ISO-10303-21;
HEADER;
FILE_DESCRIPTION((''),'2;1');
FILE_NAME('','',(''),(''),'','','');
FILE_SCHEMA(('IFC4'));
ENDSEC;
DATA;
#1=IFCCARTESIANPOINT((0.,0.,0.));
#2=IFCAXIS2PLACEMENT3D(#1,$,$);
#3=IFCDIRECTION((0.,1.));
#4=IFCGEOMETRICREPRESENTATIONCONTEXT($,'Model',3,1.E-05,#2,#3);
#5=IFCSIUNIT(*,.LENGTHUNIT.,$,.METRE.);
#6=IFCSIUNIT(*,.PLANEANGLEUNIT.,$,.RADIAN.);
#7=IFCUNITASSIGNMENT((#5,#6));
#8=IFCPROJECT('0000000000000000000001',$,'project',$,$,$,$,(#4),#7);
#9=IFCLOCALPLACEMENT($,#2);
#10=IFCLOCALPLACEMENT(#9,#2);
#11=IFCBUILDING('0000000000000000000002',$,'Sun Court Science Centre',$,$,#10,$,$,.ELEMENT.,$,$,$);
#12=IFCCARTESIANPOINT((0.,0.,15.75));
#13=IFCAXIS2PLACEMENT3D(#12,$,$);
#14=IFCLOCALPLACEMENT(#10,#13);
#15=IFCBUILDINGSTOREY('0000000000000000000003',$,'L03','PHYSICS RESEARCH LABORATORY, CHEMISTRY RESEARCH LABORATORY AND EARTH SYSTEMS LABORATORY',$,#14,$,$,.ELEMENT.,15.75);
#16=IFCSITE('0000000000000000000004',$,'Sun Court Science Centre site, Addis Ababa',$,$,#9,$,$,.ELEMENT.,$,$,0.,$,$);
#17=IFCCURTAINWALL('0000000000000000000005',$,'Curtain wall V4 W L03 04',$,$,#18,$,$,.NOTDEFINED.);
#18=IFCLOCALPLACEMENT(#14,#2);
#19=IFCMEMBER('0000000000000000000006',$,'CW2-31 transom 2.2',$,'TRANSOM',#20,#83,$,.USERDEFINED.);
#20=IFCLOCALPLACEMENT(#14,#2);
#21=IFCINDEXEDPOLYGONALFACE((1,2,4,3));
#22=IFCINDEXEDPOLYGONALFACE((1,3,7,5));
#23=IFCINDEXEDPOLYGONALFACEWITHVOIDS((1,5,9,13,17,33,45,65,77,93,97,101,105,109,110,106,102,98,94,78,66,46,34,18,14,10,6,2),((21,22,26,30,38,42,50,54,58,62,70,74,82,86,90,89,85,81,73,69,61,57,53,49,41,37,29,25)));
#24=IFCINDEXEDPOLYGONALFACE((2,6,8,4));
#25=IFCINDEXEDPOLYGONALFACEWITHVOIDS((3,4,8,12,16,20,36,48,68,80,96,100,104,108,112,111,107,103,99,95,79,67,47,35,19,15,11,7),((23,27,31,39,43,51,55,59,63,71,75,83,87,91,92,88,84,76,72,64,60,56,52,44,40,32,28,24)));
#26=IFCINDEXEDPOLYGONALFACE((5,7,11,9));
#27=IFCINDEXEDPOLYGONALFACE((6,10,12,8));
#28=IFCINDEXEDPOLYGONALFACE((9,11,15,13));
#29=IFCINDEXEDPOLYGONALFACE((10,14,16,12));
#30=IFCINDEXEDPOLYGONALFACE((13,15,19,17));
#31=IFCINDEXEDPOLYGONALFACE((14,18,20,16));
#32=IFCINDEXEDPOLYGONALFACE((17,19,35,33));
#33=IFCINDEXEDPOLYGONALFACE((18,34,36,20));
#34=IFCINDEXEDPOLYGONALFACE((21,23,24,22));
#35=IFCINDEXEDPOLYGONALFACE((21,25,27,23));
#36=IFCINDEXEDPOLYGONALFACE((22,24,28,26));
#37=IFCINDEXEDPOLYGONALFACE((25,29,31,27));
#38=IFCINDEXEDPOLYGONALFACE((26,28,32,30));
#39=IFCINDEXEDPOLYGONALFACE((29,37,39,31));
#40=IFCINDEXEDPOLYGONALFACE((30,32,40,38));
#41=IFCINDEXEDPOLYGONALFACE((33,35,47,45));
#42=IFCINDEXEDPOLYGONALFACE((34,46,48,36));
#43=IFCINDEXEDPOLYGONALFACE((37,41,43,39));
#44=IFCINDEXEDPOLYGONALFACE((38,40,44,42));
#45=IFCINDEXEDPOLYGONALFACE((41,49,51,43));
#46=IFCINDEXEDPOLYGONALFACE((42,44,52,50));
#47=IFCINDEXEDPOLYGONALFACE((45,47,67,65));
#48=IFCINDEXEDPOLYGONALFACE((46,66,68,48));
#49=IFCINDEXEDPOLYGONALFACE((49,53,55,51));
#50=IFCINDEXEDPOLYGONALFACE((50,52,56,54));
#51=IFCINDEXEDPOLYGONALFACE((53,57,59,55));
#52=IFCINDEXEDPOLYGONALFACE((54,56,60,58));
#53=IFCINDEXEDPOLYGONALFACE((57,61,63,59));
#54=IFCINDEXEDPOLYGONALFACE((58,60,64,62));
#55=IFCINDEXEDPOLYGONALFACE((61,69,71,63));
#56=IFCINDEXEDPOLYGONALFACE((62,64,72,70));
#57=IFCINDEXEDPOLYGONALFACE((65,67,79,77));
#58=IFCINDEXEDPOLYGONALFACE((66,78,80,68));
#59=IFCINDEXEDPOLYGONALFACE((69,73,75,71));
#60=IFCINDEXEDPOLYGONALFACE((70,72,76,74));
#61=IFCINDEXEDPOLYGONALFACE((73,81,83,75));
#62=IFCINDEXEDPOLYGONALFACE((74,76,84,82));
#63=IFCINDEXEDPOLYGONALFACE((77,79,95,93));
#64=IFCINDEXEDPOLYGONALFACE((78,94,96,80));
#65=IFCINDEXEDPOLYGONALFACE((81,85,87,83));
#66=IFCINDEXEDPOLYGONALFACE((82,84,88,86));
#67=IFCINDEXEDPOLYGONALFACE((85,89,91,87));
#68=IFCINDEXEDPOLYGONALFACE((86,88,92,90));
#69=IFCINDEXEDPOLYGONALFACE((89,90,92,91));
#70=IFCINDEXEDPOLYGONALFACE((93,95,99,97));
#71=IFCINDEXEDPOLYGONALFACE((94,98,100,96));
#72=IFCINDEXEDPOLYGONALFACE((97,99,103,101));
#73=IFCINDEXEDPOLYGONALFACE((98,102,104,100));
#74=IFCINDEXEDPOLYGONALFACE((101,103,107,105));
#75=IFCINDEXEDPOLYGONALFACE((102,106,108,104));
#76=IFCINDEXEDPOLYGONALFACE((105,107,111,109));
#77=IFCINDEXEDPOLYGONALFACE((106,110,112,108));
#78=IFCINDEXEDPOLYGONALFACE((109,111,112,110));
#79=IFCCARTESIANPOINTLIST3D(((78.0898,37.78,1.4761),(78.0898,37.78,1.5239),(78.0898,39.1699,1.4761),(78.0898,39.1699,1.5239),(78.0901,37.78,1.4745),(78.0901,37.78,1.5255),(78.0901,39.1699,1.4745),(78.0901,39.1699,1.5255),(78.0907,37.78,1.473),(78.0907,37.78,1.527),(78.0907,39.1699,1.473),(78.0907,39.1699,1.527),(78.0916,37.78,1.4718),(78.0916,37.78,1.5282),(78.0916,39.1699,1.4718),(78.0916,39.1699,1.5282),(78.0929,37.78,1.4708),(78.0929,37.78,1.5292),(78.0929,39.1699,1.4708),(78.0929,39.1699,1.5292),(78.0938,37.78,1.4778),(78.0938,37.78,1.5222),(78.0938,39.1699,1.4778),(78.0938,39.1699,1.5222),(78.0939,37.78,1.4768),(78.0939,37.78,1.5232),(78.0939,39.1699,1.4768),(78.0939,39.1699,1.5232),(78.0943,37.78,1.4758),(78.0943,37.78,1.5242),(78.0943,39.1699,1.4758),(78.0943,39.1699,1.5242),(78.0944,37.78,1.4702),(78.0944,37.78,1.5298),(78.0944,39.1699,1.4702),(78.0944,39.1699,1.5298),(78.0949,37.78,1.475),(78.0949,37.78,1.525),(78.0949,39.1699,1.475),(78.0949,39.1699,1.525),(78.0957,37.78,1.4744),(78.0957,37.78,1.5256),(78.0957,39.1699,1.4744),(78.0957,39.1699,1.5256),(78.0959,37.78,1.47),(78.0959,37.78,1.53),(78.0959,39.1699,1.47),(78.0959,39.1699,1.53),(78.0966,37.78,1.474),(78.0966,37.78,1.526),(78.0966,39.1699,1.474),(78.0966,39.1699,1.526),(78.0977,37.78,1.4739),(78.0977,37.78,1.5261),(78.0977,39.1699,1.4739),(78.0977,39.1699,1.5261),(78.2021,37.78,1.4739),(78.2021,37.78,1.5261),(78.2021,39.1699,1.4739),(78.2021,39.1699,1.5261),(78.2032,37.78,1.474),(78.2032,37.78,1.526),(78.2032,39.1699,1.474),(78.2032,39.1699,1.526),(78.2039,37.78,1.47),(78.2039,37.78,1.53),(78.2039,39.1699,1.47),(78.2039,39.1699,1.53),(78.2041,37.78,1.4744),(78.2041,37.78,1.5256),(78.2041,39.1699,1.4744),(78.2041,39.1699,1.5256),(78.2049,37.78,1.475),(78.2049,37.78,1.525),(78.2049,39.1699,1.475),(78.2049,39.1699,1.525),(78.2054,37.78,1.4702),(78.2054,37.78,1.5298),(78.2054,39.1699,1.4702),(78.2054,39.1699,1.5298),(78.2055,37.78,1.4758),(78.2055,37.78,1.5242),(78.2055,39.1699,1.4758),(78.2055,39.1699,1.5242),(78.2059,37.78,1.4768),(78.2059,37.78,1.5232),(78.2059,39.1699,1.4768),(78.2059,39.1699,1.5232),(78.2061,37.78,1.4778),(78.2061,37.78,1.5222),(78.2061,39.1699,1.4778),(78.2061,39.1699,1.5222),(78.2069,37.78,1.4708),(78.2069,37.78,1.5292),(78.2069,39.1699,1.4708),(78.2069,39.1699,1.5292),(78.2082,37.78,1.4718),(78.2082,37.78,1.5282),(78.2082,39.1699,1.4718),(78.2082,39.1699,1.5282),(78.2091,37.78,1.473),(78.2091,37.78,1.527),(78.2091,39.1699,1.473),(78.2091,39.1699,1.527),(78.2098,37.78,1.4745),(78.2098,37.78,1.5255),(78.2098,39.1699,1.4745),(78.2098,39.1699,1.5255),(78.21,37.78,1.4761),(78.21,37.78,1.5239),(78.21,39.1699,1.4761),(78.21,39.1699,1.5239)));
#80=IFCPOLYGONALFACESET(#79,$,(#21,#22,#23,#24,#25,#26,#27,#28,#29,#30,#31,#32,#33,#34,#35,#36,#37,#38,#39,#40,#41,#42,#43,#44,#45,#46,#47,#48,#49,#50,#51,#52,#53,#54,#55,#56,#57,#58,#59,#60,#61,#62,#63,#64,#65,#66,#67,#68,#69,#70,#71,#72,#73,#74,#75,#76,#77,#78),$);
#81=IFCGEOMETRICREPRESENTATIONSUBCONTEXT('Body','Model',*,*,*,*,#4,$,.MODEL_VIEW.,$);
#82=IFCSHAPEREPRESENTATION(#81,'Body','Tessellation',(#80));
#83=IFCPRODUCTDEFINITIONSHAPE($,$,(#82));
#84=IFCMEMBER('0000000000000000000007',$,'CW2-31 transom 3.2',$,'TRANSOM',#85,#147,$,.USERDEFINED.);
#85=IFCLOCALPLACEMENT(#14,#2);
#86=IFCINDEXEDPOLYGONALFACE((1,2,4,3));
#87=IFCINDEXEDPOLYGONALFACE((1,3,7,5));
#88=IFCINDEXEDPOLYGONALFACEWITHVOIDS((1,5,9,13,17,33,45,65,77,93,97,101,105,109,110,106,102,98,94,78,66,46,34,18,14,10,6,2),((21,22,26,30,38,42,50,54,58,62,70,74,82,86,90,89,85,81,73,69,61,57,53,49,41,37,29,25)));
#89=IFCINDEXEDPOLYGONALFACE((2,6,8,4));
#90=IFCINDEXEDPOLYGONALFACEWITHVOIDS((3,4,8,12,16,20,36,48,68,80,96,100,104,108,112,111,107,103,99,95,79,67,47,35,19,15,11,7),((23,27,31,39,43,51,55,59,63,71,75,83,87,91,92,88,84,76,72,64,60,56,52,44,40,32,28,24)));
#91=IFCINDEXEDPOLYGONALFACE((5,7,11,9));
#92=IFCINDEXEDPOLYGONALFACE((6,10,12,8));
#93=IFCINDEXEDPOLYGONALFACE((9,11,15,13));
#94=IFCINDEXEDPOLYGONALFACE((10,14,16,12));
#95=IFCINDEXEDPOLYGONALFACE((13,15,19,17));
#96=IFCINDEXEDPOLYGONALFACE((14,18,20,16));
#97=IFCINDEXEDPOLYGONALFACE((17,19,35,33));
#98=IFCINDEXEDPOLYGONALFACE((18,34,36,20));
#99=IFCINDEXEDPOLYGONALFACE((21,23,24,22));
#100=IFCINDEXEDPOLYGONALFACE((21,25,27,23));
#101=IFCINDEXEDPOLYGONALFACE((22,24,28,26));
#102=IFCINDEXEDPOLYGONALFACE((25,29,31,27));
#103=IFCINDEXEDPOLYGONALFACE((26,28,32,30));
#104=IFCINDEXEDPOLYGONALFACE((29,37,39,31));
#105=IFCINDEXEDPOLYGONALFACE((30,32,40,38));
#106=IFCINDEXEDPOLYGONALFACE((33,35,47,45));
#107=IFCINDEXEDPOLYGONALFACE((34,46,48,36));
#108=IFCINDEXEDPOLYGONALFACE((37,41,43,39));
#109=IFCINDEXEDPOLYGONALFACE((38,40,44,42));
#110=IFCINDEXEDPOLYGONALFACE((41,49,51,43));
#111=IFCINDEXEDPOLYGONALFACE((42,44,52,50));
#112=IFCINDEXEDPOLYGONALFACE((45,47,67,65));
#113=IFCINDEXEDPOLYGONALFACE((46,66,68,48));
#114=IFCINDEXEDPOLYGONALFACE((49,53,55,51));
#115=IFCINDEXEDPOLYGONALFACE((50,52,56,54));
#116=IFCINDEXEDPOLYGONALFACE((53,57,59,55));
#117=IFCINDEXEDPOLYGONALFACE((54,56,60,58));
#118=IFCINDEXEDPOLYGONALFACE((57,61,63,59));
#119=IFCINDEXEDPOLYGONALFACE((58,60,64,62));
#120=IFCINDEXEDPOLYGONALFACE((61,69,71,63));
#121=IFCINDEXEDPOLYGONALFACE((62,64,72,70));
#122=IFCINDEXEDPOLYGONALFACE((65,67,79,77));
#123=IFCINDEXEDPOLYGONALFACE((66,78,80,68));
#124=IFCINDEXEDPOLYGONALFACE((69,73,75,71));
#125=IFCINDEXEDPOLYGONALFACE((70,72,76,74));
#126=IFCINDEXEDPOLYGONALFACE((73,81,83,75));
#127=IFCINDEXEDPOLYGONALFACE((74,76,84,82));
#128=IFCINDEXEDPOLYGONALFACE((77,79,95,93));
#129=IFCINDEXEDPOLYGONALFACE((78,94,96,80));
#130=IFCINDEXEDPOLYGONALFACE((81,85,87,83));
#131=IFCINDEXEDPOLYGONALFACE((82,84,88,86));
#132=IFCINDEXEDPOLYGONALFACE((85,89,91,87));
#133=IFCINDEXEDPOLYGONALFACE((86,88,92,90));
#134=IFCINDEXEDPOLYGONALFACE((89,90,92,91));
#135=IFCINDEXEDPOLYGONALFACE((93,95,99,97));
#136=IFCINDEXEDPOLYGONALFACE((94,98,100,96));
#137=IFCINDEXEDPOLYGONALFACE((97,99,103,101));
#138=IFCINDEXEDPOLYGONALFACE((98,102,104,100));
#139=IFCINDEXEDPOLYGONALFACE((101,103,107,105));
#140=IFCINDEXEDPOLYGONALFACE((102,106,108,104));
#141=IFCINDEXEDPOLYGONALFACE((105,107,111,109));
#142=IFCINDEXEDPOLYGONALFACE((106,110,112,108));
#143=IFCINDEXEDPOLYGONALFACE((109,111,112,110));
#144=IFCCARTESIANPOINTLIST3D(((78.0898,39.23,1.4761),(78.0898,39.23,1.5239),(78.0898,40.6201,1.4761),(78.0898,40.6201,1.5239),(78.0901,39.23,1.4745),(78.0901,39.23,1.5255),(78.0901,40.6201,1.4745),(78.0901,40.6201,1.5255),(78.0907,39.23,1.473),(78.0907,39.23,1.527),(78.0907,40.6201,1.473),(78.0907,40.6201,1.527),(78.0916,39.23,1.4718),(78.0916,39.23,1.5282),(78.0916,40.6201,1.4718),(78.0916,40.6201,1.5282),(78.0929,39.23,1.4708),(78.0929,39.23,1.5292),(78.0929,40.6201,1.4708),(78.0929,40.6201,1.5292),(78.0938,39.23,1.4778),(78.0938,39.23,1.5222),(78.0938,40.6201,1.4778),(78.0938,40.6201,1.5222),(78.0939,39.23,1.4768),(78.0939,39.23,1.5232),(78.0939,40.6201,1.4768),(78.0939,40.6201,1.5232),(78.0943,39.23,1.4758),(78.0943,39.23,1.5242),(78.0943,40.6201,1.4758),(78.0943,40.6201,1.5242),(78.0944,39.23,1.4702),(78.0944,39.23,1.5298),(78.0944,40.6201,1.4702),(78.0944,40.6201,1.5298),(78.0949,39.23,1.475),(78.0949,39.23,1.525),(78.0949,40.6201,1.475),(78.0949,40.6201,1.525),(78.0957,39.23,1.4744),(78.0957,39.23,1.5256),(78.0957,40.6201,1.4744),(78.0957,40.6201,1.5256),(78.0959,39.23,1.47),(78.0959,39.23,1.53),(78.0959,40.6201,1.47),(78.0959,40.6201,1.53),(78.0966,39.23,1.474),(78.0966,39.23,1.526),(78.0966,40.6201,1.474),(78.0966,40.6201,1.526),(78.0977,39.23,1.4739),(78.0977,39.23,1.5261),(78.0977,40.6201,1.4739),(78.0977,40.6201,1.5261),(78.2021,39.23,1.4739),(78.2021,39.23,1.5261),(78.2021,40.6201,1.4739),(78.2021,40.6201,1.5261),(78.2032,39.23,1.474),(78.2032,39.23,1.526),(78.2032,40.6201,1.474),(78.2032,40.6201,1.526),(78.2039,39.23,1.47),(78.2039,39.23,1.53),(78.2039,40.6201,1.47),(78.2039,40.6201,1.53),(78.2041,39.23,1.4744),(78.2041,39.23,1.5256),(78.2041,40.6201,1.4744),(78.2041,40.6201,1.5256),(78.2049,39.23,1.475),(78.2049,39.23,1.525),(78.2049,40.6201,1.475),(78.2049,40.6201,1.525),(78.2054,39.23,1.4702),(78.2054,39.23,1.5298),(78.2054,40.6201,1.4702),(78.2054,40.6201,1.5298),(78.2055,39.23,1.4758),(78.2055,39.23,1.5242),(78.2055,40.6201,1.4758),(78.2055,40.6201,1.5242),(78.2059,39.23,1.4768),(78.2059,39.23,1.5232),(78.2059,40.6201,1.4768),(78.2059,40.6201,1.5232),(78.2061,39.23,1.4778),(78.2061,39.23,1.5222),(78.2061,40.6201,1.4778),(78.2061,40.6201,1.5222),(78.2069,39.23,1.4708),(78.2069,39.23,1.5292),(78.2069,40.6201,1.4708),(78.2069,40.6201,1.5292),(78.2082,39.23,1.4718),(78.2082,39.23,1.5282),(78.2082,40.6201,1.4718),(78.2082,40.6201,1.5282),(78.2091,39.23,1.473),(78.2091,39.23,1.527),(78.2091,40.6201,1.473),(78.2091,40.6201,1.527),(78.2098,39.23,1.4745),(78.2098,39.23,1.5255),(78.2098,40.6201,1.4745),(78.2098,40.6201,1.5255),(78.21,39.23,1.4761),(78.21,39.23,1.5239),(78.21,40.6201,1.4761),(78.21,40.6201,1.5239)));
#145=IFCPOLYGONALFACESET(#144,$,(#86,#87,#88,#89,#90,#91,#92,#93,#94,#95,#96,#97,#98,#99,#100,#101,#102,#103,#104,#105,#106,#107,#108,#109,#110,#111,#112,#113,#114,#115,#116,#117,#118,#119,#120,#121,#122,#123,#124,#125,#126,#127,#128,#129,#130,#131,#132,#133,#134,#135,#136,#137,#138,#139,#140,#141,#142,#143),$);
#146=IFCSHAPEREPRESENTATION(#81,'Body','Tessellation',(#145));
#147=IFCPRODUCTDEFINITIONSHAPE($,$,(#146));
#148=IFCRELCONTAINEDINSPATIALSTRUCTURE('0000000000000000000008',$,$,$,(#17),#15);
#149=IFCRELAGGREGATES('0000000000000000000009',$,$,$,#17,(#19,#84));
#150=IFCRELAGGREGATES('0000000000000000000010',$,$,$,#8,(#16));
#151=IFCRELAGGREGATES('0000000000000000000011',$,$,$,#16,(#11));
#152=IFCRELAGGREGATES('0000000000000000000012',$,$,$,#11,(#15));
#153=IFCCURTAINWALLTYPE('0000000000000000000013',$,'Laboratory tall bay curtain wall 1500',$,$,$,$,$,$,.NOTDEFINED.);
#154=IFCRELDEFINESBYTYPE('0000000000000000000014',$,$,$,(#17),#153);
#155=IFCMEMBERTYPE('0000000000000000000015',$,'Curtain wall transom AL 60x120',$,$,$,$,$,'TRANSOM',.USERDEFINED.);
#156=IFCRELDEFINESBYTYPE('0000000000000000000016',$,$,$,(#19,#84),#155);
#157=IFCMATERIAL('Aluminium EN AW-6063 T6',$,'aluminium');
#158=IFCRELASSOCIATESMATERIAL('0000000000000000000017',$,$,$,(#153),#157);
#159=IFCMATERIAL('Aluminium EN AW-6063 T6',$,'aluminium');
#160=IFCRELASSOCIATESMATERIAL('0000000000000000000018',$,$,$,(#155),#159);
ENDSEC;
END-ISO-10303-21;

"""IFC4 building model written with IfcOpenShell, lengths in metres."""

from ifc_helpers import new_model, si_unit, direction, frame, origin, origin_2d, place, context, subcontext, project, spatial, hollow_rectangle, extrude, material, material_profile, profile_set, type_object, element, aggregate, save


model = new_model("IFC4")

# Units and contexts
model_context = context("Model", 3, precision=1e-05, world=origin(), true_north=direction((0.0, 1.0)))
body_context = subcontext(model_context, "Body", "Model", "MODEL_VIEW")
ifc_project = project(units=[si_unit("LENGTHUNIT", "METRE"), si_unit("PLANEANGLEUNIT", "RADIAN")], contexts=[model_context])

# Site, building, storey
site_placement = place(None, origin())
site = spatial("IfcSite", under=ifc_project, at=site_placement, Name="Sun Court Science Centre site, Addis Ababa", CompositionType="ELEMENT", RefElevation=0.0)
building_placement = place(site_placement, origin())
building = spatial("IfcBuilding", under=site, at=building_placement, Name="Sun Court Science Centre", CompositionType="ELEMENT")
storey_placement = place(building_placement, frame((0.0, 0.0, 15.75)))
storey = spatial("IfcBuildingStorey", under=building, at=storey_placement, Name="L03", Description="PHYSICS RESEARCH LABORATORY, CHEMISTRY RESEARCH LABORATORY AND EARTH SYSTEMS LABORATORY", CompositionType="ELEMENT", Elevation=15.75)

# Curtain wall
ifc_material_1 = material(Name="Aluminium EN AW-6063 T6", Category="aluminium")
curtain_wall_type = type_object("IfcCurtainWallType", Name="Laboratory tall bay curtain wall 1500", PredefinedType="NOTDEFINED", material=ifc_material_1)
curtain_wall_1_placement = place(storey_placement, origin())
curtain_wall_1 = element("IfcCurtainWall", 1, at=curtain_wall_1_placement, inside=storey, type_object=curtain_wall_type, Name="Curtain wall V4 W L03 04", PredefinedType="NOTDEFINED")

# Members
ifc_material_2 = material(Name="Aluminium EN AW-6063 T6", Category="aluminium")
ifc_material_profile_1 = material_profile(ifc_material_2, hollow_rectangle(XDim=0.0601, YDim=0.1201, WallThickness=0.0039, InnerFilletRadius=0.0039, OuterFilletRadius=0.0061, at=origin_2d()), Name="AL 60x120x4")
ifc_profile_set_1 = profile_set([ifc_material_profile_1], Name="Aluminium EN AW-6063 T6")
member_type_1 = type_object("IfcMemberType", Name="Curtain wall transom AL 60x120", ElementType="TRANSOM", PredefinedType="USERDEFINED", material=ifc_profile_set_1)
member_1_placement = place(storey_placement, frame((78.1499, 37.78, 1.5), z_axis=(0.0, 1.0, 0.0), x_axis=(0.0, 0.0, 1.0)))
member_1 = element("IfcMember", 2, at=member_1_placement, type_object=member_type_1, Name="CW2-31 transom 2.2", ObjectType="TRANSOM", PredefinedType="USERDEFINED", context=body_context, shape_type="SweptSolid", body=[
    extrude(hollow_rectangle(XDim=0.0601, YDim=0.1201, WallThickness=0.0039, InnerFilletRadius=0.0039, OuterFilletRadius=0.0061, at=origin_2d()), origin(), (0.0, 0.0, 1.0), 1.3899),
])
member_2_placement = place(storey_placement, frame((78.1499, 39.23, 1.5), z_axis=(0.0, 1.0, 0.0), x_axis=(0.0, 0.0, 1.0)))
member_2 = element("IfcMember", 3, at=member_2_placement, type_object=member_type_1, Name="CW2-31 transom 3.2", ObjectType="TRANSOM", PredefinedType="USERDEFINED", context=body_context, shape_type="SweptSolid", body=[
    extrude(hollow_rectangle(XDim=0.0601, YDim=0.1201, WallThickness=0.0039, InnerFilletRadius=0.0039, OuterFilletRadius=0.0061, at=origin_2d()), origin(), (0.0, 0.0, 1.0), 1.3901),
])

aggregate(curtain_wall_1, [member_1, member_2])

save(model, "model.ifc")
